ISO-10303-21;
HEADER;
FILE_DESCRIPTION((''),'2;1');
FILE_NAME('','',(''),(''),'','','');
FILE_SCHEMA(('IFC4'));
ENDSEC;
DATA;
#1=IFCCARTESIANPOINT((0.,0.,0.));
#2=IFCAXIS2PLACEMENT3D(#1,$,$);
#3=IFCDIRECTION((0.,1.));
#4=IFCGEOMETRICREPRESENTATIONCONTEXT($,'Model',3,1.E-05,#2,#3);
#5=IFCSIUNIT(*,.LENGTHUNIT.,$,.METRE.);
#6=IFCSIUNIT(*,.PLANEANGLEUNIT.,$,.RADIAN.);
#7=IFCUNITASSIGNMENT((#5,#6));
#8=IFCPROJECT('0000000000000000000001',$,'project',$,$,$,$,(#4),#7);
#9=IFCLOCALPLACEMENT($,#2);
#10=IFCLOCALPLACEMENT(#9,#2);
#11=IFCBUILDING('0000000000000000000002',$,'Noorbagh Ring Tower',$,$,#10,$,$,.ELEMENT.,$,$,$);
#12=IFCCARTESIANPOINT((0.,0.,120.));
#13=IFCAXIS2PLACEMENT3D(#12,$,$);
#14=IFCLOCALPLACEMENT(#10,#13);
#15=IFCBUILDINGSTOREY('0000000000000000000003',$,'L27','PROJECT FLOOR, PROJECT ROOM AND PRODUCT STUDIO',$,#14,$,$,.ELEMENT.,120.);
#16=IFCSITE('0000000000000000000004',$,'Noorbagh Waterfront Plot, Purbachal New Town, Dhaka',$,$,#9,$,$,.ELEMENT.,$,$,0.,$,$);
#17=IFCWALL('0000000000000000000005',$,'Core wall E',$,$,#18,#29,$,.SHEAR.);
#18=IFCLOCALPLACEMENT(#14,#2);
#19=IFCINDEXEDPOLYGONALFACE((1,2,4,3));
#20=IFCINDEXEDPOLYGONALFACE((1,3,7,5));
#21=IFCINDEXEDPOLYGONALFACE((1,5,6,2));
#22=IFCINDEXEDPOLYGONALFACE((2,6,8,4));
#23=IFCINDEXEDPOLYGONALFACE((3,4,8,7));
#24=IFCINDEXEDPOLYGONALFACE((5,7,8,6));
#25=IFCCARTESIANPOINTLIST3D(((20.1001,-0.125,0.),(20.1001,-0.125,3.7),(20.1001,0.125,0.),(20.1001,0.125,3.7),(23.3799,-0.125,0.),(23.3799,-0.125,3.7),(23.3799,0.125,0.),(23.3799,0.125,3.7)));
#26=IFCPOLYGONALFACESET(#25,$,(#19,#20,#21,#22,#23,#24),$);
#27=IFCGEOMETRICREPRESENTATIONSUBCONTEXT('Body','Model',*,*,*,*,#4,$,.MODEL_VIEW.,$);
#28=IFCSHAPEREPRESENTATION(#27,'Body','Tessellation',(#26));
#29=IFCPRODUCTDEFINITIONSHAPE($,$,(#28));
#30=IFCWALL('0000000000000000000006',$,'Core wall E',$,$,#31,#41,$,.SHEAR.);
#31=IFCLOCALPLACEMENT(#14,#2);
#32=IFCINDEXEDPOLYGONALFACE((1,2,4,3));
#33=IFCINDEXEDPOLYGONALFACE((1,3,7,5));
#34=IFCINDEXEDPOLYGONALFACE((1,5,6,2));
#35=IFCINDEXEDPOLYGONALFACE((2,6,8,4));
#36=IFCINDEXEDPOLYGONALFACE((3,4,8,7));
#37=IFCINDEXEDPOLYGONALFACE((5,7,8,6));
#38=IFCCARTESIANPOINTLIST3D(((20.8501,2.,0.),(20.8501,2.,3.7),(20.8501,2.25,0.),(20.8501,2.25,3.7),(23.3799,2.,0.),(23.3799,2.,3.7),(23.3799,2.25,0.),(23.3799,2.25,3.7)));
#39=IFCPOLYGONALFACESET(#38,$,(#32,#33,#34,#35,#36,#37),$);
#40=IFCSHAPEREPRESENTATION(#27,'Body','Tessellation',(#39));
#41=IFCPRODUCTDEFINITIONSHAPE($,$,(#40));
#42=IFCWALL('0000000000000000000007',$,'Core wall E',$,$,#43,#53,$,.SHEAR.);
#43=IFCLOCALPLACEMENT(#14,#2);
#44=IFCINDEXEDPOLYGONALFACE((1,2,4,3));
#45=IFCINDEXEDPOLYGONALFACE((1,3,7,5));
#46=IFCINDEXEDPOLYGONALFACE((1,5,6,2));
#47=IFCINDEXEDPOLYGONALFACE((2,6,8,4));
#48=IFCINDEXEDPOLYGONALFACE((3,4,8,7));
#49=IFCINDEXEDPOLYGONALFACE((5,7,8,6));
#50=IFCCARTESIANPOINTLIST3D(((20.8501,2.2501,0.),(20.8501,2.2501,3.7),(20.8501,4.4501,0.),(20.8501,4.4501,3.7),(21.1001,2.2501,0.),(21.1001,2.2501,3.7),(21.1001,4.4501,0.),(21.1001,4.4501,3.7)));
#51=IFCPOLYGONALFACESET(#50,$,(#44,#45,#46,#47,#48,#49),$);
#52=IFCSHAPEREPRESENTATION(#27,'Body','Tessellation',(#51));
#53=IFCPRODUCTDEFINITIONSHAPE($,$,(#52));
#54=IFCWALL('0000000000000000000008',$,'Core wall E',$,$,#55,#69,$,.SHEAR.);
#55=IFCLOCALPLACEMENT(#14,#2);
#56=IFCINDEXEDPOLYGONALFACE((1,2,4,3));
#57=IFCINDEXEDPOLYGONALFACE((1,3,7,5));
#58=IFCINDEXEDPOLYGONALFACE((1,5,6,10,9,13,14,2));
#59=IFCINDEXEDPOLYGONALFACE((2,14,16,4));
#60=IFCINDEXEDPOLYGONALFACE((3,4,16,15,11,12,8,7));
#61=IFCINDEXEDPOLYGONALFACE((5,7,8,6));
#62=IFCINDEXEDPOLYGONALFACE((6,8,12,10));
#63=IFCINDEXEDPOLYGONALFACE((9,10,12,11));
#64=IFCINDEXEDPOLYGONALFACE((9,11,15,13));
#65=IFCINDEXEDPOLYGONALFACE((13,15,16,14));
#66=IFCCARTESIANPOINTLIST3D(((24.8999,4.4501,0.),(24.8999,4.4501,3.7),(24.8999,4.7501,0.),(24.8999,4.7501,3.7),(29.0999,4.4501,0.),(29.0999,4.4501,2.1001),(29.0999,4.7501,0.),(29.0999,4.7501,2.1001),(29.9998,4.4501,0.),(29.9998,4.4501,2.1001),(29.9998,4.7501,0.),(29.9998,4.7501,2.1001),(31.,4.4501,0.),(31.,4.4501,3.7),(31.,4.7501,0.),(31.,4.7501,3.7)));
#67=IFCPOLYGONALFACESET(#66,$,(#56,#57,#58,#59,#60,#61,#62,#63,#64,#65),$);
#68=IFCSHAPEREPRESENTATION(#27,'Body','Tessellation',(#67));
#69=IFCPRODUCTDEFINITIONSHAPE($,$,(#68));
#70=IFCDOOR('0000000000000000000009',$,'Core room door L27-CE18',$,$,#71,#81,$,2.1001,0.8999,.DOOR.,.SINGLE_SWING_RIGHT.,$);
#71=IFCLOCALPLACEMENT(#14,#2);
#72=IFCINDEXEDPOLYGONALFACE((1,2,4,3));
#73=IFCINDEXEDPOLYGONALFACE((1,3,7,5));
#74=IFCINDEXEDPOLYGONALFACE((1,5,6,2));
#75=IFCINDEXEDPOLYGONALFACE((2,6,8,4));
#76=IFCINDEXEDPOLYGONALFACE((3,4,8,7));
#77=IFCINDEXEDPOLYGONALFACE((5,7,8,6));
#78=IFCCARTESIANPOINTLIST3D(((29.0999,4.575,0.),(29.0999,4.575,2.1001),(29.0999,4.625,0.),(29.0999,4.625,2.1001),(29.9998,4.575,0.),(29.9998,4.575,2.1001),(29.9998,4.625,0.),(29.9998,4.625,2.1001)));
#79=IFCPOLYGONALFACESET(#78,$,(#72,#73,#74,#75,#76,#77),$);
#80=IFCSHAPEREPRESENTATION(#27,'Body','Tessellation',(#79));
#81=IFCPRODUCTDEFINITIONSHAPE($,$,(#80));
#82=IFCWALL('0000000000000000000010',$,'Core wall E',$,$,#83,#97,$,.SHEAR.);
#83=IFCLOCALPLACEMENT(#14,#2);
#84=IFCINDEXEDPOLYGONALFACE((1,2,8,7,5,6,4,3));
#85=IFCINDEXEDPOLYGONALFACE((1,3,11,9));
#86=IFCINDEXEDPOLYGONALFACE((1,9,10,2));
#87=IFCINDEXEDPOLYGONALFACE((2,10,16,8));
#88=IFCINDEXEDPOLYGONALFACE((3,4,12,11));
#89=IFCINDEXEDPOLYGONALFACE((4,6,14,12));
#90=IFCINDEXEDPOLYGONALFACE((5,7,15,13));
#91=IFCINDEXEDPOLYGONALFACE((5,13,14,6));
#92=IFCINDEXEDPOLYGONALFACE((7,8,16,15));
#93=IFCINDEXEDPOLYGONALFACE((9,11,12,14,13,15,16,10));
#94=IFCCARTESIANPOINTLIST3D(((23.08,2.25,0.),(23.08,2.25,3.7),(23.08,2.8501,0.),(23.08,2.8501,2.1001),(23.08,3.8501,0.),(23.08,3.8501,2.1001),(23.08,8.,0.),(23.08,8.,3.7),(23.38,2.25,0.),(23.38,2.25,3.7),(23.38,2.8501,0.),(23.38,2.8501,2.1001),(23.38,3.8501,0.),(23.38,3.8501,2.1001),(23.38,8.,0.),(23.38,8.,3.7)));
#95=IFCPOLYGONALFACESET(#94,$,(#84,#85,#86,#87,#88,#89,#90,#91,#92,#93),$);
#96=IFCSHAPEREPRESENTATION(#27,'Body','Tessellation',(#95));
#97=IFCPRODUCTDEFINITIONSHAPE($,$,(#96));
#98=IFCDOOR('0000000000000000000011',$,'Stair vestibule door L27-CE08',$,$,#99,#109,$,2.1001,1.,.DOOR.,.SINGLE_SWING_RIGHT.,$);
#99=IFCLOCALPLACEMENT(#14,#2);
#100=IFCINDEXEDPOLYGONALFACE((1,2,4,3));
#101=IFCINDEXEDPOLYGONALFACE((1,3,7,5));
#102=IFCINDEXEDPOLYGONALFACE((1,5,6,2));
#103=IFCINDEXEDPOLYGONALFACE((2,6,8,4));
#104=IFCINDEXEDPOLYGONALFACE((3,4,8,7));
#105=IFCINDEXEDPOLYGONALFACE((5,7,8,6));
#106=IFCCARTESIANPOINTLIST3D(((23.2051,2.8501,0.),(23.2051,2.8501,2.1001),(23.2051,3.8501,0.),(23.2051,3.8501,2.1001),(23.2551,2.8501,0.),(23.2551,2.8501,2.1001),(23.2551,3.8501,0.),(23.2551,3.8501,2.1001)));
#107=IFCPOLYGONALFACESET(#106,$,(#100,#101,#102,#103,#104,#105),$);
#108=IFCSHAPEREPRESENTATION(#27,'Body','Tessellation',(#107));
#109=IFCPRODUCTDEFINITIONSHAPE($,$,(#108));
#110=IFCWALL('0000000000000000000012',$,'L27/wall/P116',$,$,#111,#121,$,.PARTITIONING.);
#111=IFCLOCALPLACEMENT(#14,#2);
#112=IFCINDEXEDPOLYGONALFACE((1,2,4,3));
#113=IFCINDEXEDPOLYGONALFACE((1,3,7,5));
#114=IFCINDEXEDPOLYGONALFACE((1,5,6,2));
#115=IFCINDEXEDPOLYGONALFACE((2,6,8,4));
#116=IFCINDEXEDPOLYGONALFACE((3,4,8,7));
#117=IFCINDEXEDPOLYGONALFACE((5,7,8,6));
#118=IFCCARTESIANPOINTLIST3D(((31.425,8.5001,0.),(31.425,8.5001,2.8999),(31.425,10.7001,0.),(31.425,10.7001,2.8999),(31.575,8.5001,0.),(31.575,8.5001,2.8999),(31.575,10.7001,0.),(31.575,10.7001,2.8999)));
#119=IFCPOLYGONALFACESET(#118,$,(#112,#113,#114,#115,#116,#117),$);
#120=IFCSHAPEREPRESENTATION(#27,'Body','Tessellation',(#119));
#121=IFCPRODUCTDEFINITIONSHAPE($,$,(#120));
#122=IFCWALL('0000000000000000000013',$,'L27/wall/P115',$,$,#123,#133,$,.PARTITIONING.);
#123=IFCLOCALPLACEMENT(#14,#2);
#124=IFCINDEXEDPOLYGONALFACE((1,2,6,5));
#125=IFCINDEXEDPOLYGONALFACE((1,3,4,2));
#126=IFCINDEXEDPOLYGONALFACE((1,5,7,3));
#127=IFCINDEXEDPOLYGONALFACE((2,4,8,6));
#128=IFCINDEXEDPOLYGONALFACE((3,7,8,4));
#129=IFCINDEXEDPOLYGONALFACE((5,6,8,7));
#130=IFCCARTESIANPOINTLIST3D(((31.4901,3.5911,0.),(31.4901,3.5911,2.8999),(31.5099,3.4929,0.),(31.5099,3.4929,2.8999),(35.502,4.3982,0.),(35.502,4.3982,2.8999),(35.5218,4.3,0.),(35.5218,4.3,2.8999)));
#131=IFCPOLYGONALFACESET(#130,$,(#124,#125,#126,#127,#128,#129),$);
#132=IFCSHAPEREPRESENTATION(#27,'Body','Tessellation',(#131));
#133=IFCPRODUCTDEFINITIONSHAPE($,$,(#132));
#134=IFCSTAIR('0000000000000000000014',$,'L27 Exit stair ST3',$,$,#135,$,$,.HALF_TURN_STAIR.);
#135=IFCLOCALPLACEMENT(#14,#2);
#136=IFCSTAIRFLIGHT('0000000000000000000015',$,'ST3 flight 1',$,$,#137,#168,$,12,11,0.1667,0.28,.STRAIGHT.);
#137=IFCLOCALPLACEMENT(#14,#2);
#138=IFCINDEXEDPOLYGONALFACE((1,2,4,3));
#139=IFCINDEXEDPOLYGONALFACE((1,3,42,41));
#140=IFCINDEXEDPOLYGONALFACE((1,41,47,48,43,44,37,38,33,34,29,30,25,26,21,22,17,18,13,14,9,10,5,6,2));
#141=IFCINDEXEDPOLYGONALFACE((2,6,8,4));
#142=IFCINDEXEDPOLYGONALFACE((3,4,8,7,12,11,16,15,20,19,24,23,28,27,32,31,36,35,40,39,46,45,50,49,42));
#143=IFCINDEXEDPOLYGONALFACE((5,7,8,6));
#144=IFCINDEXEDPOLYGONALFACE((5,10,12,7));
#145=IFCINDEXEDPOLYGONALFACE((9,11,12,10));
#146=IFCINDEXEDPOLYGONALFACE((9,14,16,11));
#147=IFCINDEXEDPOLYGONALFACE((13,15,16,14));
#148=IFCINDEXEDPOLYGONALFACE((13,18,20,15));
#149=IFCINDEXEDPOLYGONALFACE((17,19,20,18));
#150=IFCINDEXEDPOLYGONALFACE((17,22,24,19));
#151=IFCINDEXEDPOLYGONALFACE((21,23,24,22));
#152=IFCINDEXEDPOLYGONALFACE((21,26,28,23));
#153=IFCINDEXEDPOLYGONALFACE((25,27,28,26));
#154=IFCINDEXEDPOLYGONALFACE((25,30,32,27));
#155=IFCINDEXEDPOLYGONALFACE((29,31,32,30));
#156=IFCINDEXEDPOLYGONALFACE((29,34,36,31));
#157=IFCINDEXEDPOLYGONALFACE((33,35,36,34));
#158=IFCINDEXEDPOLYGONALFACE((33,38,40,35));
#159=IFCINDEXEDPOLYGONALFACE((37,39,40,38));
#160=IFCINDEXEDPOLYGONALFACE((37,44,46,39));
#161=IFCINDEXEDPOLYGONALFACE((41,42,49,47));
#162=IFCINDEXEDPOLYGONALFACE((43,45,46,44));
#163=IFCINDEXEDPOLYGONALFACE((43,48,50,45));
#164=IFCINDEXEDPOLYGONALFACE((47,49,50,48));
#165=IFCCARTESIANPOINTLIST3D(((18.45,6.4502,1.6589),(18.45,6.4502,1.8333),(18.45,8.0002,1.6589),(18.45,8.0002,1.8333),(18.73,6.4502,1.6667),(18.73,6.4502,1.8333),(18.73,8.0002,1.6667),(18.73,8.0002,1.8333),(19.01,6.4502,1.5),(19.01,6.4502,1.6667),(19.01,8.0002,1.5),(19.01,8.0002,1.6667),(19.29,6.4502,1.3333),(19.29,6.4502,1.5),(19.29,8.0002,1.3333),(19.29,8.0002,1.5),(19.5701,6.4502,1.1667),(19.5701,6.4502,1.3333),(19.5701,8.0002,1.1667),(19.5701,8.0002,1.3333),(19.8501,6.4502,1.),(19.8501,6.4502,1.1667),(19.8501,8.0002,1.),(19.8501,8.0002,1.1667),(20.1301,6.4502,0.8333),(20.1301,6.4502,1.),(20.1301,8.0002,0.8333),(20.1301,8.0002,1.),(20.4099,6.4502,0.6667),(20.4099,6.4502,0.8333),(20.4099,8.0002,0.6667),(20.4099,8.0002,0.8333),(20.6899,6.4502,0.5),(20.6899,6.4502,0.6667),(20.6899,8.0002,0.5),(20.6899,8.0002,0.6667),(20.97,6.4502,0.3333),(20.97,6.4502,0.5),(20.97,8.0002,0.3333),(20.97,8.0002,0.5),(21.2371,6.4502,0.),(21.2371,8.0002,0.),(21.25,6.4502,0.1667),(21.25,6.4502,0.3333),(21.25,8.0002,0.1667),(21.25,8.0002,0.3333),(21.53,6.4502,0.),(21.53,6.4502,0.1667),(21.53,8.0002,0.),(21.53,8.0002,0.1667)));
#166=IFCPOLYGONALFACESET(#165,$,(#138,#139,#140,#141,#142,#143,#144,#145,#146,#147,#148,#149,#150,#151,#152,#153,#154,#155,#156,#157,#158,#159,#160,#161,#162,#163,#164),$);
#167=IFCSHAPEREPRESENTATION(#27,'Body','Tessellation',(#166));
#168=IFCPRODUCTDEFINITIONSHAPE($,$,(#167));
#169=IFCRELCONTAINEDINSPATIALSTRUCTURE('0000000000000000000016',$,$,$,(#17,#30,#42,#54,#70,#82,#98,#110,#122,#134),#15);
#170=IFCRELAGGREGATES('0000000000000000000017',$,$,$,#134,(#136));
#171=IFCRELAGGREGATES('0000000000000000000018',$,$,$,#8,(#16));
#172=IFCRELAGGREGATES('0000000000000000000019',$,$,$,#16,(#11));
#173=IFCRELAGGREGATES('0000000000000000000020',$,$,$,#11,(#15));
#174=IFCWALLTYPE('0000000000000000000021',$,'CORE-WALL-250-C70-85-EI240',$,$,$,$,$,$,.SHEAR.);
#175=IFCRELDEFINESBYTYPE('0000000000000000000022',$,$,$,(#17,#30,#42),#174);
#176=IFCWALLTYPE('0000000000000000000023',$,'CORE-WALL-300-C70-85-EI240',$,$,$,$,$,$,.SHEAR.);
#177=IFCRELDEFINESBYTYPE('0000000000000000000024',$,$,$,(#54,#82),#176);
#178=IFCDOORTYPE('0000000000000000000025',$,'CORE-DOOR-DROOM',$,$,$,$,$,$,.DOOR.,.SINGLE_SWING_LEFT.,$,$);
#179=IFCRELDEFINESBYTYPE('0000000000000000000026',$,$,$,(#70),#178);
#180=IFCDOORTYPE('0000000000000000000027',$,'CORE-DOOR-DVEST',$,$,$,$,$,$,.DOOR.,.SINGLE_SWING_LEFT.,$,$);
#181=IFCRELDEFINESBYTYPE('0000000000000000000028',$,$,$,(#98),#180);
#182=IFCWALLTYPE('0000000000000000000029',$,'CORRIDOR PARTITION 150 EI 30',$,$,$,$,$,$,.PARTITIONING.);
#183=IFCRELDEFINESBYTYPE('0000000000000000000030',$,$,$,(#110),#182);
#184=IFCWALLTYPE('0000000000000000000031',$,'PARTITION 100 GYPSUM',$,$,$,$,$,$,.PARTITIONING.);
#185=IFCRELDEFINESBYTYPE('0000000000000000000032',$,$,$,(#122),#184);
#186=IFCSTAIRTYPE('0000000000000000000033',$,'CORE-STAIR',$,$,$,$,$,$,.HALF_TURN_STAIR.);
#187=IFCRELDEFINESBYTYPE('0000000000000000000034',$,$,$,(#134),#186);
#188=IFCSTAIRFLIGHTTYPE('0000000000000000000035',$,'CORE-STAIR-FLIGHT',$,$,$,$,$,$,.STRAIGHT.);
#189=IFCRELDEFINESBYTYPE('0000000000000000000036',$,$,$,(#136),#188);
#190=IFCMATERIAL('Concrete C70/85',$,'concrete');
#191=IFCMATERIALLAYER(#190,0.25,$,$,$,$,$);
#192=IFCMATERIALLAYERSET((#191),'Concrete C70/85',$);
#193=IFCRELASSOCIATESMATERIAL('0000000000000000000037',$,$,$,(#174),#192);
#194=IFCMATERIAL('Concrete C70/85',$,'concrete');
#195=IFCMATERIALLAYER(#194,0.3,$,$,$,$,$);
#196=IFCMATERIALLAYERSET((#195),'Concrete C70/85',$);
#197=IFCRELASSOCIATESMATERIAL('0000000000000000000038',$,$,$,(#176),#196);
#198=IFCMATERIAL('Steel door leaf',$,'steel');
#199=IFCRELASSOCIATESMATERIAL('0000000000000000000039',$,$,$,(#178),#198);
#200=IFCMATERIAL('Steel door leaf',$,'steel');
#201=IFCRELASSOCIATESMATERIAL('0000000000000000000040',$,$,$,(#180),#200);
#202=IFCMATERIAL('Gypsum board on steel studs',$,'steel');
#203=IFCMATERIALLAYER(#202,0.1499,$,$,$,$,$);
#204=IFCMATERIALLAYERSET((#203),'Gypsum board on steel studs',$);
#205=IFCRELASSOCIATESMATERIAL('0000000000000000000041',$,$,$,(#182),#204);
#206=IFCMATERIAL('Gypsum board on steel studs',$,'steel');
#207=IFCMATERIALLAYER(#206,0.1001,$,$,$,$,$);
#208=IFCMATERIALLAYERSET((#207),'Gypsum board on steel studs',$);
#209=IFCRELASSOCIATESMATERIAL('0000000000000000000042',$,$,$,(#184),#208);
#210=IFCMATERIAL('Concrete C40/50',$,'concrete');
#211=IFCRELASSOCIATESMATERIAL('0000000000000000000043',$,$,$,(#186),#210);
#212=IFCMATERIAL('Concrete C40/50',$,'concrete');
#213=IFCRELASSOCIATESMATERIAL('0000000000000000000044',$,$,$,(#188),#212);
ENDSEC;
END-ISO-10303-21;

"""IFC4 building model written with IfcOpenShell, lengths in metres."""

from ifc_helpers import new_model, si_unit, direction, frame, frame_2d, origin, place, context, subcontext, project, spatial, polyline, rectangle, outline, extrude, material, layer, layer_set, type_object, element, fill, aggregate, save


model = new_model("IFC4")

# Units and contexts
model_context = context("Model", 3, precision=1e-05, world=origin(), true_north=direction((0.0, 1.0)))
body_context = subcontext(model_context, "Body", "Model", "MODEL_VIEW")
ifc_project = project(units=[si_unit("LENGTHUNIT", "METRE"), si_unit("PLANEANGLEUNIT", "RADIAN")], contexts=[model_context])

# Site, building, storey
site_placement = place(None, origin())
site = spatial("IfcSite", under=ifc_project, at=site_placement, Name="Noorbagh Waterfront Plot, Purbachal New Town, Dhaka", CompositionType="ELEMENT", RefElevation=0.0)
building_placement = place(site_placement, origin())
building = spatial("IfcBuilding", under=site, at=building_placement, Name="Noorbagh Ring Tower", CompositionType="ELEMENT")
storey_placement = place(building_placement, frame((0.0, 0.0, 120.0)))
storey = spatial("IfcBuildingStorey", under=building, at=storey_placement, Name="L27", Description="PROJECT FLOOR, PROJECT ROOM AND PRODUCT STUDIO", CompositionType="ELEMENT", Elevation=120.0)

# Walls
ifc_material_1 = material(Name="Concrete C70/85", Category="concrete")
ifc_layer_1 = layer(ifc_material_1, 0.25)
ifc_layer_set_1 = layer_set([ifc_layer_1], Name="Concrete C70/85")
wall_type_1 = type_object("IfcWallType", Name="CORE-WALL-250-C70-85-EI240", PredefinedType="SHEAR", material=ifc_layer_set_1)
wall_1_placement = place(storey_placement, frame((20.1001, 0.0, 0.0), z_axis=(0.0, 0.0, 1.0), x_axis=(1.0, 0.0, 0.0)))
element("IfcWall", 1, at=wall_1_placement, inside=storey, type_object=wall_type_1, Name="Core wall E", PredefinedType="SHEAR", context=body_context, shape_type="SweptSolid", body=[
    extrude(rectangle(XDim=3.2798, YDim=0.25, at=frame_2d((1.6399, 0.0))), origin(), (0.0, 0.0, 1.0), 3.7),
])
wall_2_placement = place(storey_placement, frame((20.8501, 2.125, 0.0), z_axis=(0.0, 0.0, 1.0), x_axis=(1.0, 0.0, 0.0)))
element("IfcWall", 2, at=wall_2_placement, inside=storey, type_object=wall_type_1, Name="Core wall E", PredefinedType="SHEAR", context=body_context, shape_type="SweptSolid", body=[
    extrude(rectangle(XDim=2.5298, YDim=0.25, at=frame_2d((1.2649, 0.0))), origin(), (0.0, 0.0, 1.0), 3.7),
])
wall_3_placement = place(storey_placement, frame((20.9751, 2.25, 0.0), z_axis=(0.0, 0.0, 1.0), x_axis=(0.0, 1.0, 0.0)))
element("IfcWall", 3, at=wall_3_placement, inside=storey, type_object=wall_type_1, Name="Core wall E", PredefinedType="SHEAR", context=body_context, shape_type="SweptSolid", body=[
    extrude(rectangle(XDim=2.2, YDim=0.25, at=frame_2d((1.1001, 0.0))), origin(), (0.0, 0.0, 1.0), 3.7),
])

# Walls, openings, doors
ifc_material_2 = material(Name="Concrete C70/85", Category="concrete")
ifc_layer_2 = layer(ifc_material_2, 0.3)
ifc_layer_set_2 = layer_set([ifc_layer_2], Name="Concrete C70/85")
wall_type_2 = type_object("IfcWallType", Name="CORE-WALL-300-C70-85-EI240", PredefinedType="SHEAR", material=ifc_layer_set_2)
wall_4_placement = place(storey_placement, frame((24.8999, 4.6001, 0.0), z_axis=(0.0, 0.0, 1.0), x_axis=(1.0, 0.0, 0.0)))
wall_4 = element("IfcWall", 4, at=wall_4_placement, inside=storey, type_object=wall_type_2, Name="Core wall E", PredefinedType="SHEAR", context=body_context, shape_type="SweptSolid", body=[
    extrude(rectangle(XDim=6.1001, YDim=0.3, at=frame_2d((3.05, 0.0))), origin(), (0.0, 0.0, 1.0), 3.7),
])
opening_1_placement = place(wall_4_placement, frame((4.2, 0.0, 0.0)))
opening_1 = element("IfcOpeningElement", 5, at=opening_1_placement, cuts=wall_4, PredefinedType="OPENING", context=body_context, shape_type="SweptSolid", body=[
    extrude(rectangle(XDim=0.8999, YDim=2.1001, at=frame_2d((0.45, 1.05))), frame((0.0, 0.1602, 0.0), z_axis=(0.0, -1.0, 0.0), x_axis=(1.0, 0.0, 0.0)), (0.0, 0.0, 1.0), 0.3201),
])
ifc_material_3 = material(Name="Steel door leaf", Category="steel")
door_type_1 = type_object("IfcDoorType", Name="CORE-DOOR-DROOM", OperationType="SINGLE_SWING_LEFT", PredefinedType="DOOR", material=ifc_material_3)
door_1_placement = place(opening_1_placement, origin())
door_1 = element("IfcDoor", 6, at=door_1_placement, inside=storey, type_object=door_type_1, Name="Core room door L27-CE18", OperationType="SINGLE_SWING_RIGHT", OverallHeight=2.1001, OverallWidth=0.8999, PredefinedType="DOOR", context=body_context, shape_type="SweptSolid", body=[
    extrude(rectangle(XDim=0.8999, YDim=2.1001, at=frame_2d((0.45, 1.05))), frame((0.0, 0.0249, 0.0), z_axis=(0.0, -1.0, 0.0), x_axis=(1.0, 0.0, 0.0)), (0.0, 0.0, 1.0), 0.05),
])
fill(opening_1, door_1)
wall_5_placement = place(storey_placement, frame((23.23, 2.25, 0.0), z_axis=(0.0, 0.0, 1.0), x_axis=(0.0, 1.0, 0.0)))
wall_5 = element("IfcWall", 7, at=wall_5_placement, inside=storey, type_object=wall_type_2, Name="Core wall E", PredefinedType="SHEAR", context=body_context, shape_type="SweptSolid", body=[
    extrude(rectangle(XDim=5.75, YDim=0.3, at=frame_2d((2.875, 0.0))), origin(), (0.0, 0.0, 1.0), 3.7),
])
opening_2_placement = place(wall_5_placement, frame((0.6001, 0.0, 0.0)))
opening_2 = element("IfcOpeningElement", 8, at=opening_2_placement, cuts=wall_5, PredefinedType="OPENING", context=body_context, shape_type="SweptSolid", body=[
    extrude(rectangle(XDim=1.0, YDim=2.1001, at=frame_2d((0.5, 1.05))), frame((0.0, 0.1602, 0.0), z_axis=(0.0, -1.0, 0.0), x_axis=(1.0, 0.0, 0.0)), (0.0, 0.0, 1.0), 0.3201),
])
ifc_material_4 = material(Name="Steel door leaf", Category="steel")
door_type_2 = type_object("IfcDoorType", Name="CORE-DOOR-DVEST", OperationType="SINGLE_SWING_LEFT", PredefinedType="DOOR", material=ifc_material_4)
door_2_placement = place(opening_2_placement, origin())
door_2 = element("IfcDoor", 9, at=door_2_placement, inside=storey, type_object=door_type_2, Name="Stair vestibule door L27-CE08", OperationType="SINGLE_SWING_RIGHT", OverallHeight=2.1001, OverallWidth=1.0, PredefinedType="DOOR", context=body_context, shape_type="SweptSolid", body=[
    extrude(rectangle(XDim=1.0, YDim=2.1001, at=frame_2d((0.5, 1.05))), frame((0.0, 0.0249, 0.0), z_axis=(0.0, -1.0, 0.0), x_axis=(1.0, 0.0, 0.0)), (0.0, 0.0, 1.0), 0.05),
])
fill(opening_2, door_2)

# Walls
ifc_material_5 = material(Name="Gypsum board on steel studs", Category="steel")
ifc_layer_3 = layer(ifc_material_5, 0.1499)
ifc_layer_set_3 = layer_set([ifc_layer_3], Name="Gypsum board on steel studs")
wall_type_3 = type_object("IfcWallType", Name="CORRIDOR PARTITION 150 EI 30", PredefinedType="PARTITIONING", material=ifc_layer_set_3)
wall_6_placement = place(storey_placement, frame((31.5, 8.5, 0.0), z_axis=(0.0, 0.0, 1.0), x_axis=(0.0, 1.0, 0.0)))
element("IfcWall", 10, at=wall_6_placement, inside=storey, type_object=wall_type_3, Name="L27/wall/P116", PredefinedType="PARTITIONING", context=body_context, shape_type="SweptSolid", body=[
    extrude(rectangle(XDim=2.2, YDim=0.1499, at=frame_2d((1.1001, 0.0))), origin(), (0.0, 0.0, 1.0), 2.8999),
])
ifc_material_6 = material(Name="Gypsum board on steel studs", Category="steel")
ifc_layer_4 = layer(ifc_material_6, 0.1001)
ifc_layer_set_4 = layer_set([ifc_layer_4], Name="Gypsum board on steel studs")
wall_type_4 = type_object("IfcWallType", Name="PARTITION 100 GYPSUM", PredefinedType="PARTITIONING", material=ifc_layer_set_4)
wall_7_placement = place(storey_placement, frame((31.5, 3.542, 0.0), z_axis=(0.0, 0.0, 1.0), x_axis=(0.980357, 0.197229, 0.0)))
element("IfcWall", 11, at=wall_7_placement, inside=storey, type_object=wall_type_4, Name="L27/wall/P115", PredefinedType="PARTITIONING", context=body_context, shape_type="SweptSolid", body=[
    extrude(rectangle(XDim=4.0923, YDim=0.1001, at=frame_2d((2.0461, 0.0))), origin(), (0.0, 0.0, 1.0), 2.8999),
])

# Stair, stair flight
ifc_material_7 = material(Name="Concrete C40/50", Category="concrete")
stair_type = type_object("IfcStairType", Name="CORE-STAIR", PredefinedType="HALF_TURN_STAIR", material=ifc_material_7)
stair_placement = place(storey_placement, origin())
stair = element("IfcStair", 12, at=stair_placement, inside=storey, type_object=stair_type, Name="L27 Exit stair ST3", PredefinedType="HALF_TURN_STAIR")
ifc_material_8 = material(Name="Concrete C40/50", Category="concrete")
stair_flight_type = type_object("IfcStairFlightType", Name="CORE-STAIR-FLIGHT", PredefinedType="STRAIGHT", material=ifc_material_8)
stair_flight_1_placement = place(storey_placement, frame((21.53, 7.2251, 0.0), z_axis=(0.0, 0.0, 1.0), x_axis=(-1.0, 0.0, 0.0)))
stair_flight_1 = element("IfcStairFlight", 13, at=stair_flight_1_placement, type_object=stair_flight_type, Name="ST3 flight 1", NumberOfRisers=12, NumberOfTreads=11, PredefinedType="STRAIGHT", RiserHeight=0.1667, TreadLength=0.28, context=body_context, shape_type="SweptSolid", body=[
    extrude(outline(polyline([(0.0, 0.0), (0.0, 0.1667), (0.28, 0.1667), (0.28, 0.3333), (0.5601, 0.3333), (0.5601, 0.5), (0.8401, 0.5), (0.8401, 0.6667), (1.1201, 0.6667), (1.1201, 0.8333), (1.3999, 0.8333), (1.3999, 1.0), (1.6799, 1.0), (1.6799, 1.1667), (1.96, 1.1667), (1.96, 1.3333), (2.24, 1.3333), (2.24, 1.5), (2.52, 1.5), (2.52, 1.6667), (2.8, 1.6667), (2.8, 1.8333), (3.0801, 1.8333), (3.0801, 2.0), (3.0801, 1.6589), (0.293, 0.0), (0.0, 0.0)])), frame((0.0, 0.7749, 0.0), z_axis=(0.0, -1.0, 0.0), x_axis=(1.0, 0.0, 0.0)), (0.0, 0.0, 1.0), 1.55),
])
aggregate(stair, [stair_flight_1])

save(model, "model.ifc")
